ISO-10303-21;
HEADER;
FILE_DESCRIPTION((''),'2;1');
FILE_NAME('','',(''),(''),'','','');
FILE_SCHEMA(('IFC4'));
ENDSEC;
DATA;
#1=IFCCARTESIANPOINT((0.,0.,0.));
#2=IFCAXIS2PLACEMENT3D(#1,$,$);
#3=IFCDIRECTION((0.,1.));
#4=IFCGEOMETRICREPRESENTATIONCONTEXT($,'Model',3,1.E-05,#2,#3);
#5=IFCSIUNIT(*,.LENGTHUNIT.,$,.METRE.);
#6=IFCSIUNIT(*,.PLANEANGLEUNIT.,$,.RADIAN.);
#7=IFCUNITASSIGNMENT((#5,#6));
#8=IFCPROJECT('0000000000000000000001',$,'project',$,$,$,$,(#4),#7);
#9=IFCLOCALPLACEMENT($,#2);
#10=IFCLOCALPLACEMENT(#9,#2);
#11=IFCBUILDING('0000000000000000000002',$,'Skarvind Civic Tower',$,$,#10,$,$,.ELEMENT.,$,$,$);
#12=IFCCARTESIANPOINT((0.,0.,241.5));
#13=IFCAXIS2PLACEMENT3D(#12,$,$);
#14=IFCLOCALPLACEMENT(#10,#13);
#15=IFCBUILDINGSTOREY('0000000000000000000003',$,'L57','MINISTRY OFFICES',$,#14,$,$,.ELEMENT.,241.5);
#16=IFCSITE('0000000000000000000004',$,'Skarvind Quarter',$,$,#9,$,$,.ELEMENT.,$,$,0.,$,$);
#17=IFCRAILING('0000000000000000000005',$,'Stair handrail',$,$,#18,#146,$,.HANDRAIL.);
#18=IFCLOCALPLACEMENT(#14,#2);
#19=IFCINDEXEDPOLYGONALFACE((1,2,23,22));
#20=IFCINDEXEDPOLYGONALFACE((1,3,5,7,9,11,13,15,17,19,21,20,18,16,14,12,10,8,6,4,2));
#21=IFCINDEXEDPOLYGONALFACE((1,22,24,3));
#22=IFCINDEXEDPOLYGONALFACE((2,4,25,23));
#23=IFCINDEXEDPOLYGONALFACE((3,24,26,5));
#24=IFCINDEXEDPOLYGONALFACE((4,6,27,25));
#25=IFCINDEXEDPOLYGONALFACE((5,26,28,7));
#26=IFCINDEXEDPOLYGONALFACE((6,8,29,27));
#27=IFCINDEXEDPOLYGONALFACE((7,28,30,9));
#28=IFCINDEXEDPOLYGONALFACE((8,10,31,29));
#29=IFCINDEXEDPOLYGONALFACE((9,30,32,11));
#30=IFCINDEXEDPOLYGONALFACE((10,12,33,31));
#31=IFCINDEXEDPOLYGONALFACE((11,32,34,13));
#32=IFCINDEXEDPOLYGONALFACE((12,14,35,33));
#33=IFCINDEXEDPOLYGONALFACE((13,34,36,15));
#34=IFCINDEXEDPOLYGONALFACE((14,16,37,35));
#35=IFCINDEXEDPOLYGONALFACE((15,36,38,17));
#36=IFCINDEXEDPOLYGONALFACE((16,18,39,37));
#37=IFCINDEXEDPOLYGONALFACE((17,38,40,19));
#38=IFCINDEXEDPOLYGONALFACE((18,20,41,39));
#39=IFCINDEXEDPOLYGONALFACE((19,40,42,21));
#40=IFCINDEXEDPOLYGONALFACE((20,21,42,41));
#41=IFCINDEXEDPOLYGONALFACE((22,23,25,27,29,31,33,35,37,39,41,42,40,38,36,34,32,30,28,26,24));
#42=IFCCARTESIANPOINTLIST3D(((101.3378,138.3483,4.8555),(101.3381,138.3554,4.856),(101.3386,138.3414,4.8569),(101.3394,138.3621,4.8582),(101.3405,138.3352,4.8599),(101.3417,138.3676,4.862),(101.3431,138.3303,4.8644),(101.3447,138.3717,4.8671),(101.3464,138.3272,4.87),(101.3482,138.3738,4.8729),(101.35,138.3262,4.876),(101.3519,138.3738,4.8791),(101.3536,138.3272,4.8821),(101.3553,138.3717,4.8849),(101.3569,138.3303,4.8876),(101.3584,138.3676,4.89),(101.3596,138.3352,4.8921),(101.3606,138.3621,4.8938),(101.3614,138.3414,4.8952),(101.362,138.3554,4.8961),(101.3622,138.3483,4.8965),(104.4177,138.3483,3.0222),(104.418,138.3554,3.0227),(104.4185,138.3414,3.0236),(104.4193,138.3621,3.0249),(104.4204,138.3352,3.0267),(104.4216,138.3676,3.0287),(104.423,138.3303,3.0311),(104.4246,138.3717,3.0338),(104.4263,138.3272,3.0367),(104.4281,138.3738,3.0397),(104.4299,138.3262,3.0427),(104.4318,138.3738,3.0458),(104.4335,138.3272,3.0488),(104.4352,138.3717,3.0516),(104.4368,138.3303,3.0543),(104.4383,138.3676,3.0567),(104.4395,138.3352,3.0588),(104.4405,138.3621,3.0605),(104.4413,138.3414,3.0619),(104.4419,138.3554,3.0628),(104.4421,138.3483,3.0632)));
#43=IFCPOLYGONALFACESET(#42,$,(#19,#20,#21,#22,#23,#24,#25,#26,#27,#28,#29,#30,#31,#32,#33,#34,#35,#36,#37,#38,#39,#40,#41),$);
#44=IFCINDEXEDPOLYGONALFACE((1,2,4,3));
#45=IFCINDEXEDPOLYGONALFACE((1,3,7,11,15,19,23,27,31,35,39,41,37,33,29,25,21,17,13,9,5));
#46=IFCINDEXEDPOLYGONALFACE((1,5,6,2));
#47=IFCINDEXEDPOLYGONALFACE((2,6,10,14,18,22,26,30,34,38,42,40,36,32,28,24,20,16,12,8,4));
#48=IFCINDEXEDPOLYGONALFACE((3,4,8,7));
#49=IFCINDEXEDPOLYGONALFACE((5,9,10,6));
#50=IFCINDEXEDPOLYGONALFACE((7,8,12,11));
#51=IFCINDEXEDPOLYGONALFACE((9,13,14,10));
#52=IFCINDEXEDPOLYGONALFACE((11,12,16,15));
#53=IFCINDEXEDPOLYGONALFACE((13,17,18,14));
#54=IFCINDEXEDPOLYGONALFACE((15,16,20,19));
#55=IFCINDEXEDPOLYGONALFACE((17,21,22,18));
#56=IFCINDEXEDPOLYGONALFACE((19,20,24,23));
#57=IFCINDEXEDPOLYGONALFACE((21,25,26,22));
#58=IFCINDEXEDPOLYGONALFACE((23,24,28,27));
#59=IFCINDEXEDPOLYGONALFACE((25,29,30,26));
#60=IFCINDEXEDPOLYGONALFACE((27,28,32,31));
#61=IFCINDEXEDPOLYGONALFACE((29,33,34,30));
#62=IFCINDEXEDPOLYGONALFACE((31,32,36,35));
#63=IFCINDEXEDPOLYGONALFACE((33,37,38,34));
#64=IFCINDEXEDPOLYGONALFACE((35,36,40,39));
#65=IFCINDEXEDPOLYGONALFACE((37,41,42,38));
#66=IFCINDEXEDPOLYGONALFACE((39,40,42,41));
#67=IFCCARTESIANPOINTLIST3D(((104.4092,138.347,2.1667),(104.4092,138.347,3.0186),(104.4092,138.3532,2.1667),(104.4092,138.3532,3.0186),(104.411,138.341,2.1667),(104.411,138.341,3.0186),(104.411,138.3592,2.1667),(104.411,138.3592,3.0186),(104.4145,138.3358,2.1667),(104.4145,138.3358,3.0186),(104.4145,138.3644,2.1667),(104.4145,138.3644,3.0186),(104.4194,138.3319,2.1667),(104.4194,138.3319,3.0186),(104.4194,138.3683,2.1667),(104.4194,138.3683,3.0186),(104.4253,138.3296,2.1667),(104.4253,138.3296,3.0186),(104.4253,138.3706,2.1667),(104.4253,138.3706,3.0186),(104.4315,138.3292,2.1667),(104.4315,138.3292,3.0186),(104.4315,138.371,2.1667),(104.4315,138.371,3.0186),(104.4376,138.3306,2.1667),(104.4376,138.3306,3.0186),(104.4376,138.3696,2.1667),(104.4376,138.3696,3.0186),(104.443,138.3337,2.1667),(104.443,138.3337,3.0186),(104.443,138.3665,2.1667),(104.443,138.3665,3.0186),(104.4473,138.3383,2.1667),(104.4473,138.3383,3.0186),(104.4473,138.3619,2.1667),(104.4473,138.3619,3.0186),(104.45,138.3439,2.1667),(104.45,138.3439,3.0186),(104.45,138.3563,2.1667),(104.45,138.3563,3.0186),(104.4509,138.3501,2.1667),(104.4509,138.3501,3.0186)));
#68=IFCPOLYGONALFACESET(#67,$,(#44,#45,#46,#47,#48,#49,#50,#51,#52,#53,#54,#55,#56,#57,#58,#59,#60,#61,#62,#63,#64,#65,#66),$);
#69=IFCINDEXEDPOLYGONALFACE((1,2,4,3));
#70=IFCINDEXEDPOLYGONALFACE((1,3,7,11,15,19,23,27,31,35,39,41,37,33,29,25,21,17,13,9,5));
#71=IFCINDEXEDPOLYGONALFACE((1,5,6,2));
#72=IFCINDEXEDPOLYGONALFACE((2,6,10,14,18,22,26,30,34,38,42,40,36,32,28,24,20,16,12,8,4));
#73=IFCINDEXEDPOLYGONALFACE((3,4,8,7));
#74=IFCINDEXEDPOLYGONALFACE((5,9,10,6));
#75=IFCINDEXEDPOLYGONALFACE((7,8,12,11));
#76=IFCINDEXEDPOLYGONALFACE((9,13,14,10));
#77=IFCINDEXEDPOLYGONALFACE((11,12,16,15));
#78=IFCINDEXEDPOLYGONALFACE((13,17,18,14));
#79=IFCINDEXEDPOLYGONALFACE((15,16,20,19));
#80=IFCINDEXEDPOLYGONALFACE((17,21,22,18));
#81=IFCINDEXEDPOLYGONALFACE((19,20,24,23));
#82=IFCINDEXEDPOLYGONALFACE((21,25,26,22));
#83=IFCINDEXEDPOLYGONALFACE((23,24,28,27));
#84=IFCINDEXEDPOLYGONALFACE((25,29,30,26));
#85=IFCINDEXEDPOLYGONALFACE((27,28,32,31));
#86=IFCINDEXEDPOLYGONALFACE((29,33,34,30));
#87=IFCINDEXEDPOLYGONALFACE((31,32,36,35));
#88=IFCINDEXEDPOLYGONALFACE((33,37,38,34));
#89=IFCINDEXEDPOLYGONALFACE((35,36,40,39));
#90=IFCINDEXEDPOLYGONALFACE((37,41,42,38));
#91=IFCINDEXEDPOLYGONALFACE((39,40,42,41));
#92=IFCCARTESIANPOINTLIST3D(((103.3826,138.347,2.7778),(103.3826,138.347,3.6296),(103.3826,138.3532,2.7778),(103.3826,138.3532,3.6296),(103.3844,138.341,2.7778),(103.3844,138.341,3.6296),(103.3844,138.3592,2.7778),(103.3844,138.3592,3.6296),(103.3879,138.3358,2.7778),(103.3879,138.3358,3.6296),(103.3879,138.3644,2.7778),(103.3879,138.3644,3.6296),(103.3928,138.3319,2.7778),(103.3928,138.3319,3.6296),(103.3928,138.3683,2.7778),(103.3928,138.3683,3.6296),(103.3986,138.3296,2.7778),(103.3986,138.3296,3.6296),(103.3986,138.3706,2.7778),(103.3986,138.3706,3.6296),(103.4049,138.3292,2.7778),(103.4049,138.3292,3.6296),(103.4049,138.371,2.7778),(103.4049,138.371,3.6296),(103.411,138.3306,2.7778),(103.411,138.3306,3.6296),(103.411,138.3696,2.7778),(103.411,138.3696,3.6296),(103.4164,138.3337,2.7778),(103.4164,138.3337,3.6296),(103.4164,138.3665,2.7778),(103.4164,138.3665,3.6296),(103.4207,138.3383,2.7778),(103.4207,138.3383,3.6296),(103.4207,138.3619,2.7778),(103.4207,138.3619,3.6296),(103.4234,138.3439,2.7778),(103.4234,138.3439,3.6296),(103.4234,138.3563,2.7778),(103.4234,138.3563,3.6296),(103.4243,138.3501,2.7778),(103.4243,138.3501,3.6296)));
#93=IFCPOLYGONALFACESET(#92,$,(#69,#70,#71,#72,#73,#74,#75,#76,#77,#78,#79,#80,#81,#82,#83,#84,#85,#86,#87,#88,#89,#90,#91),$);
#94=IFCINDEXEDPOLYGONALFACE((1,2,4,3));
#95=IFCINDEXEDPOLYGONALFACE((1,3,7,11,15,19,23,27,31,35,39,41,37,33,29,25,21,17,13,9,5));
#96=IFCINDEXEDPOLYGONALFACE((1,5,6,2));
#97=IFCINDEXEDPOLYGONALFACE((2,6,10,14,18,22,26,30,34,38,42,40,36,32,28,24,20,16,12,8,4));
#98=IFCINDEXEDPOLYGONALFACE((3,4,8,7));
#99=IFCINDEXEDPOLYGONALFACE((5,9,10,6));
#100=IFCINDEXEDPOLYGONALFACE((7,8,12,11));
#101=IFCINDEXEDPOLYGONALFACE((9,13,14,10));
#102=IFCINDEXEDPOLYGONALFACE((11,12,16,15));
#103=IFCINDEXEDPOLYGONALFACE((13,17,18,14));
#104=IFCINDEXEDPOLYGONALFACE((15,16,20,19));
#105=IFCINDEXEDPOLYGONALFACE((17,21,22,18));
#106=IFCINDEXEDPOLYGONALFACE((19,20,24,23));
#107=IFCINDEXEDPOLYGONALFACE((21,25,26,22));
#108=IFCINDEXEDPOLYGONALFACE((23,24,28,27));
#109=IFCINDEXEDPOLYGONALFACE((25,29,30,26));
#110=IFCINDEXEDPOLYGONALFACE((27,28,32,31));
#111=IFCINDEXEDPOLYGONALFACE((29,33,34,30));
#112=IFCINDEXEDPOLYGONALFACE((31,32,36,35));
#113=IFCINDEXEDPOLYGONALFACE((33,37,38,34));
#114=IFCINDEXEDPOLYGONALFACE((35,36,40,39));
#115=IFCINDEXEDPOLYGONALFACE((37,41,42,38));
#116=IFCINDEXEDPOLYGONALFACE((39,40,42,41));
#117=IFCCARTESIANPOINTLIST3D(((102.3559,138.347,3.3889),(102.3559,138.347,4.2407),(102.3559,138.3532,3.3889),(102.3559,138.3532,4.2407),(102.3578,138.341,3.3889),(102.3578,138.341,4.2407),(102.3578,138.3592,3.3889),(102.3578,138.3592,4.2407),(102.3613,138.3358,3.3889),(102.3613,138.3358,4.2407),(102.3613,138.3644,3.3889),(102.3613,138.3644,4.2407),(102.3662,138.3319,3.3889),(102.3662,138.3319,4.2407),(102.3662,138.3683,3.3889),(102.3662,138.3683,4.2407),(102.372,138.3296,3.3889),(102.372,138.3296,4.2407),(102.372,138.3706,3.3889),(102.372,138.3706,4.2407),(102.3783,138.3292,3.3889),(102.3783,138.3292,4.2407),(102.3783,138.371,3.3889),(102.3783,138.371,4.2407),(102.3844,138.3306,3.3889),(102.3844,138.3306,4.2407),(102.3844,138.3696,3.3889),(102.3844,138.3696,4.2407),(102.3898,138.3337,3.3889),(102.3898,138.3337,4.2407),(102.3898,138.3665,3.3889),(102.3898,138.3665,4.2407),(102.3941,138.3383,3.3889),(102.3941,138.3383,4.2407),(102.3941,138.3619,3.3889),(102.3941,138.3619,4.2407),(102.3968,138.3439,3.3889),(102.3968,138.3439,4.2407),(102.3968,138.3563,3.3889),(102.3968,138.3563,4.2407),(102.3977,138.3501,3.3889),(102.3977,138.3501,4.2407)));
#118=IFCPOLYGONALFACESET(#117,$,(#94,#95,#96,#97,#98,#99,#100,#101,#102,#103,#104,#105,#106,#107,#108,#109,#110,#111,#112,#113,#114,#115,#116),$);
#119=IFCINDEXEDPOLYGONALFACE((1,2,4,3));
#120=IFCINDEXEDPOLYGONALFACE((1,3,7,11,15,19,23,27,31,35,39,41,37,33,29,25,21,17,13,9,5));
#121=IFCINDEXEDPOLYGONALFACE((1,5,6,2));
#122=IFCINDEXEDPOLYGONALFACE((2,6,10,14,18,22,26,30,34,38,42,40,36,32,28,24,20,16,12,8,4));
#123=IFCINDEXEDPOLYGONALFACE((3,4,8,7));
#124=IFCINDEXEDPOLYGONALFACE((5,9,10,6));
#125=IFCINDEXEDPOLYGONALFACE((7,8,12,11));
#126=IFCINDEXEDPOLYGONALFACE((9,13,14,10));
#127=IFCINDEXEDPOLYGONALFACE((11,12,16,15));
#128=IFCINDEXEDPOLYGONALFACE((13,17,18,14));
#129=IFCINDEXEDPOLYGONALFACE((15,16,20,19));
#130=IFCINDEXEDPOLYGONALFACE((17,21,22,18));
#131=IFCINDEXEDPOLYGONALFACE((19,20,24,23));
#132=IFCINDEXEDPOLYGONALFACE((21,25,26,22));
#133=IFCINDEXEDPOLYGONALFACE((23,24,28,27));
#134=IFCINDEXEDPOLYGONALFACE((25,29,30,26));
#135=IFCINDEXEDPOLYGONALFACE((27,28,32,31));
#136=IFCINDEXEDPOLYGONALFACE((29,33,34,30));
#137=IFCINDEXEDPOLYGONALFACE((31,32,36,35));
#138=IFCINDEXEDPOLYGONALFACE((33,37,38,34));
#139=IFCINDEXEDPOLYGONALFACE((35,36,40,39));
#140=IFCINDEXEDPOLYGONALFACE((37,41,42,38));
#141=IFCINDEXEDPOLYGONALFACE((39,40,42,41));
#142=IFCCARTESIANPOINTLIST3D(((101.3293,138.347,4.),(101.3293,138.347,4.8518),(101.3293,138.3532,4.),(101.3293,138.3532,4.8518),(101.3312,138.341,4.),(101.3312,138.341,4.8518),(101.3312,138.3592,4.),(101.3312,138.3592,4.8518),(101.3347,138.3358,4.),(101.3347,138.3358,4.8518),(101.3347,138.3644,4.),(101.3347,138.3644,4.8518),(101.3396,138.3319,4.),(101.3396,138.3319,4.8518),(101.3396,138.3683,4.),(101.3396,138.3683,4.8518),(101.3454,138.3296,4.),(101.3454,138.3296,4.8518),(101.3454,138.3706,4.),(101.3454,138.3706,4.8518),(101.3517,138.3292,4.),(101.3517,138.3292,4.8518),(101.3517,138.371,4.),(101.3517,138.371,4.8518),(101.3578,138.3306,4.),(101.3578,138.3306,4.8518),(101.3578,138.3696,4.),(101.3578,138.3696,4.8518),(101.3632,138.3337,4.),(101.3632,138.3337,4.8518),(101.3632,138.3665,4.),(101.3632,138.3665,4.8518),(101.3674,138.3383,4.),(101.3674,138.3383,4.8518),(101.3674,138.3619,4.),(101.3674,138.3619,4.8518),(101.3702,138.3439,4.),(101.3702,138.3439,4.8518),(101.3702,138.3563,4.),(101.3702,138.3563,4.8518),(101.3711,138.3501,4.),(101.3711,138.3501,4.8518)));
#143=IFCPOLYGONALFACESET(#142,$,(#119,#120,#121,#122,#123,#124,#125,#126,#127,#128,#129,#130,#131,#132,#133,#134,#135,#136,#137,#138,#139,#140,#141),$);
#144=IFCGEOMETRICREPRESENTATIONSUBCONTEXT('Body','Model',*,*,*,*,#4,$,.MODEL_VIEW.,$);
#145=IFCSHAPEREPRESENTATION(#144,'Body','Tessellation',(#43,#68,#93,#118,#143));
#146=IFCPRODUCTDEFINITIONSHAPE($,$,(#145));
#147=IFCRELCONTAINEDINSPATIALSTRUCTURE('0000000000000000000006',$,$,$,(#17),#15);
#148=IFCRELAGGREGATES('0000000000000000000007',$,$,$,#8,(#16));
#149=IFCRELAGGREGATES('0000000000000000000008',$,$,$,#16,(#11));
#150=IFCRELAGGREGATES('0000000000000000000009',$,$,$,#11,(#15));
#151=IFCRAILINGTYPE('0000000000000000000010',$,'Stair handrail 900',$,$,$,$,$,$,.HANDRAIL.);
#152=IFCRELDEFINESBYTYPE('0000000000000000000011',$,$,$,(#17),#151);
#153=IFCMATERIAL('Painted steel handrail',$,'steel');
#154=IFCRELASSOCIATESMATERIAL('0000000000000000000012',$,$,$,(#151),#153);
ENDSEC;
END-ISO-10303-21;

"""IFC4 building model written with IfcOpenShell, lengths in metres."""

from ifc_helpers import new_model, si_unit, direction, frame, origin, origin_2d, place, context, subcontext, project, spatial, circle, extrude, material, type_object, element, save


model = new_model("IFC4")

# Units and contexts
model_context = context("Model", 3, precision=1e-05, world=origin(), true_north=direction((0.0, 1.0)))
body_context = subcontext(model_context, "Body", "Model", "MODEL_VIEW")
ifc_project = project(units=[si_unit("LENGTHUNIT", "METRE"), si_unit("PLANEANGLEUNIT", "RADIAN")], contexts=[model_context])

# Site, building, storey
site_placement = place(None, origin())
site = spatial("IfcSite", under=ifc_project, at=site_placement, Name="Skarvind Quarter", CompositionType="ELEMENT", RefElevation=0.0)
building_placement = place(site_placement, origin())
building = spatial("IfcBuilding", under=site, at=building_placement, Name="Skarvind Civic Tower", CompositionType="ELEMENT")
storey_placement = place(building_placement, frame((0.0, 0.0, 241.5)))
storey = spatial("IfcBuildingStorey", under=building, at=storey_placement, Name="L57", Description="MINISTRY OFFICES", CompositionType="ELEMENT", Elevation=241.5)

# Railing
ifc_material_1 = material(Name="Painted steel handrail", Category="steel")
railing_type = type_object("IfcRailingType", Name="Stair handrail 900", PredefinedType="HANDRAIL", material=ifc_material_1)
railing_1_placement = place(storey_placement, frame((104.4299, 138.3501, 2.1667)))
element("IfcRailing", 1, at=railing_1_placement, inside=storey, type_object=railing_type, Name="Stair handrail", PredefinedType="HANDRAIL", context=body_context, shape_type="SweptSolid", body=[
    extrude(circle(Radius=0.0239, at=origin_2d()), frame((0.0, 0.0, 0.876), z_axis=(-0.859291, 0.0, 0.511487), x_axis=(0.0, -1.0, 0.0)), (0.0, 0.0, 1.0), 3.5842),
    extrude(circle(Radius=0.021, at=origin_2d()), origin(), (0.0, 0.0, 1.0), 0.8518),
    extrude(circle(Radius=0.021, at=origin_2d()), frame((-1.0266, 0.0, 0.6111)), (0.0, 0.0, 1.0), 0.8518),
    extrude(circle(Radius=0.021, at=origin_2d()), frame((-2.0532, 0.0, 1.2222)), (0.0, 0.0, 1.0), 0.8518),
    extrude(circle(Radius=0.021, at=origin_2d()), frame((-3.0798, 0.0, 1.8333)), (0.0, 0.0, 1.0), 0.8518),
])

save(model, "model.ifc")
